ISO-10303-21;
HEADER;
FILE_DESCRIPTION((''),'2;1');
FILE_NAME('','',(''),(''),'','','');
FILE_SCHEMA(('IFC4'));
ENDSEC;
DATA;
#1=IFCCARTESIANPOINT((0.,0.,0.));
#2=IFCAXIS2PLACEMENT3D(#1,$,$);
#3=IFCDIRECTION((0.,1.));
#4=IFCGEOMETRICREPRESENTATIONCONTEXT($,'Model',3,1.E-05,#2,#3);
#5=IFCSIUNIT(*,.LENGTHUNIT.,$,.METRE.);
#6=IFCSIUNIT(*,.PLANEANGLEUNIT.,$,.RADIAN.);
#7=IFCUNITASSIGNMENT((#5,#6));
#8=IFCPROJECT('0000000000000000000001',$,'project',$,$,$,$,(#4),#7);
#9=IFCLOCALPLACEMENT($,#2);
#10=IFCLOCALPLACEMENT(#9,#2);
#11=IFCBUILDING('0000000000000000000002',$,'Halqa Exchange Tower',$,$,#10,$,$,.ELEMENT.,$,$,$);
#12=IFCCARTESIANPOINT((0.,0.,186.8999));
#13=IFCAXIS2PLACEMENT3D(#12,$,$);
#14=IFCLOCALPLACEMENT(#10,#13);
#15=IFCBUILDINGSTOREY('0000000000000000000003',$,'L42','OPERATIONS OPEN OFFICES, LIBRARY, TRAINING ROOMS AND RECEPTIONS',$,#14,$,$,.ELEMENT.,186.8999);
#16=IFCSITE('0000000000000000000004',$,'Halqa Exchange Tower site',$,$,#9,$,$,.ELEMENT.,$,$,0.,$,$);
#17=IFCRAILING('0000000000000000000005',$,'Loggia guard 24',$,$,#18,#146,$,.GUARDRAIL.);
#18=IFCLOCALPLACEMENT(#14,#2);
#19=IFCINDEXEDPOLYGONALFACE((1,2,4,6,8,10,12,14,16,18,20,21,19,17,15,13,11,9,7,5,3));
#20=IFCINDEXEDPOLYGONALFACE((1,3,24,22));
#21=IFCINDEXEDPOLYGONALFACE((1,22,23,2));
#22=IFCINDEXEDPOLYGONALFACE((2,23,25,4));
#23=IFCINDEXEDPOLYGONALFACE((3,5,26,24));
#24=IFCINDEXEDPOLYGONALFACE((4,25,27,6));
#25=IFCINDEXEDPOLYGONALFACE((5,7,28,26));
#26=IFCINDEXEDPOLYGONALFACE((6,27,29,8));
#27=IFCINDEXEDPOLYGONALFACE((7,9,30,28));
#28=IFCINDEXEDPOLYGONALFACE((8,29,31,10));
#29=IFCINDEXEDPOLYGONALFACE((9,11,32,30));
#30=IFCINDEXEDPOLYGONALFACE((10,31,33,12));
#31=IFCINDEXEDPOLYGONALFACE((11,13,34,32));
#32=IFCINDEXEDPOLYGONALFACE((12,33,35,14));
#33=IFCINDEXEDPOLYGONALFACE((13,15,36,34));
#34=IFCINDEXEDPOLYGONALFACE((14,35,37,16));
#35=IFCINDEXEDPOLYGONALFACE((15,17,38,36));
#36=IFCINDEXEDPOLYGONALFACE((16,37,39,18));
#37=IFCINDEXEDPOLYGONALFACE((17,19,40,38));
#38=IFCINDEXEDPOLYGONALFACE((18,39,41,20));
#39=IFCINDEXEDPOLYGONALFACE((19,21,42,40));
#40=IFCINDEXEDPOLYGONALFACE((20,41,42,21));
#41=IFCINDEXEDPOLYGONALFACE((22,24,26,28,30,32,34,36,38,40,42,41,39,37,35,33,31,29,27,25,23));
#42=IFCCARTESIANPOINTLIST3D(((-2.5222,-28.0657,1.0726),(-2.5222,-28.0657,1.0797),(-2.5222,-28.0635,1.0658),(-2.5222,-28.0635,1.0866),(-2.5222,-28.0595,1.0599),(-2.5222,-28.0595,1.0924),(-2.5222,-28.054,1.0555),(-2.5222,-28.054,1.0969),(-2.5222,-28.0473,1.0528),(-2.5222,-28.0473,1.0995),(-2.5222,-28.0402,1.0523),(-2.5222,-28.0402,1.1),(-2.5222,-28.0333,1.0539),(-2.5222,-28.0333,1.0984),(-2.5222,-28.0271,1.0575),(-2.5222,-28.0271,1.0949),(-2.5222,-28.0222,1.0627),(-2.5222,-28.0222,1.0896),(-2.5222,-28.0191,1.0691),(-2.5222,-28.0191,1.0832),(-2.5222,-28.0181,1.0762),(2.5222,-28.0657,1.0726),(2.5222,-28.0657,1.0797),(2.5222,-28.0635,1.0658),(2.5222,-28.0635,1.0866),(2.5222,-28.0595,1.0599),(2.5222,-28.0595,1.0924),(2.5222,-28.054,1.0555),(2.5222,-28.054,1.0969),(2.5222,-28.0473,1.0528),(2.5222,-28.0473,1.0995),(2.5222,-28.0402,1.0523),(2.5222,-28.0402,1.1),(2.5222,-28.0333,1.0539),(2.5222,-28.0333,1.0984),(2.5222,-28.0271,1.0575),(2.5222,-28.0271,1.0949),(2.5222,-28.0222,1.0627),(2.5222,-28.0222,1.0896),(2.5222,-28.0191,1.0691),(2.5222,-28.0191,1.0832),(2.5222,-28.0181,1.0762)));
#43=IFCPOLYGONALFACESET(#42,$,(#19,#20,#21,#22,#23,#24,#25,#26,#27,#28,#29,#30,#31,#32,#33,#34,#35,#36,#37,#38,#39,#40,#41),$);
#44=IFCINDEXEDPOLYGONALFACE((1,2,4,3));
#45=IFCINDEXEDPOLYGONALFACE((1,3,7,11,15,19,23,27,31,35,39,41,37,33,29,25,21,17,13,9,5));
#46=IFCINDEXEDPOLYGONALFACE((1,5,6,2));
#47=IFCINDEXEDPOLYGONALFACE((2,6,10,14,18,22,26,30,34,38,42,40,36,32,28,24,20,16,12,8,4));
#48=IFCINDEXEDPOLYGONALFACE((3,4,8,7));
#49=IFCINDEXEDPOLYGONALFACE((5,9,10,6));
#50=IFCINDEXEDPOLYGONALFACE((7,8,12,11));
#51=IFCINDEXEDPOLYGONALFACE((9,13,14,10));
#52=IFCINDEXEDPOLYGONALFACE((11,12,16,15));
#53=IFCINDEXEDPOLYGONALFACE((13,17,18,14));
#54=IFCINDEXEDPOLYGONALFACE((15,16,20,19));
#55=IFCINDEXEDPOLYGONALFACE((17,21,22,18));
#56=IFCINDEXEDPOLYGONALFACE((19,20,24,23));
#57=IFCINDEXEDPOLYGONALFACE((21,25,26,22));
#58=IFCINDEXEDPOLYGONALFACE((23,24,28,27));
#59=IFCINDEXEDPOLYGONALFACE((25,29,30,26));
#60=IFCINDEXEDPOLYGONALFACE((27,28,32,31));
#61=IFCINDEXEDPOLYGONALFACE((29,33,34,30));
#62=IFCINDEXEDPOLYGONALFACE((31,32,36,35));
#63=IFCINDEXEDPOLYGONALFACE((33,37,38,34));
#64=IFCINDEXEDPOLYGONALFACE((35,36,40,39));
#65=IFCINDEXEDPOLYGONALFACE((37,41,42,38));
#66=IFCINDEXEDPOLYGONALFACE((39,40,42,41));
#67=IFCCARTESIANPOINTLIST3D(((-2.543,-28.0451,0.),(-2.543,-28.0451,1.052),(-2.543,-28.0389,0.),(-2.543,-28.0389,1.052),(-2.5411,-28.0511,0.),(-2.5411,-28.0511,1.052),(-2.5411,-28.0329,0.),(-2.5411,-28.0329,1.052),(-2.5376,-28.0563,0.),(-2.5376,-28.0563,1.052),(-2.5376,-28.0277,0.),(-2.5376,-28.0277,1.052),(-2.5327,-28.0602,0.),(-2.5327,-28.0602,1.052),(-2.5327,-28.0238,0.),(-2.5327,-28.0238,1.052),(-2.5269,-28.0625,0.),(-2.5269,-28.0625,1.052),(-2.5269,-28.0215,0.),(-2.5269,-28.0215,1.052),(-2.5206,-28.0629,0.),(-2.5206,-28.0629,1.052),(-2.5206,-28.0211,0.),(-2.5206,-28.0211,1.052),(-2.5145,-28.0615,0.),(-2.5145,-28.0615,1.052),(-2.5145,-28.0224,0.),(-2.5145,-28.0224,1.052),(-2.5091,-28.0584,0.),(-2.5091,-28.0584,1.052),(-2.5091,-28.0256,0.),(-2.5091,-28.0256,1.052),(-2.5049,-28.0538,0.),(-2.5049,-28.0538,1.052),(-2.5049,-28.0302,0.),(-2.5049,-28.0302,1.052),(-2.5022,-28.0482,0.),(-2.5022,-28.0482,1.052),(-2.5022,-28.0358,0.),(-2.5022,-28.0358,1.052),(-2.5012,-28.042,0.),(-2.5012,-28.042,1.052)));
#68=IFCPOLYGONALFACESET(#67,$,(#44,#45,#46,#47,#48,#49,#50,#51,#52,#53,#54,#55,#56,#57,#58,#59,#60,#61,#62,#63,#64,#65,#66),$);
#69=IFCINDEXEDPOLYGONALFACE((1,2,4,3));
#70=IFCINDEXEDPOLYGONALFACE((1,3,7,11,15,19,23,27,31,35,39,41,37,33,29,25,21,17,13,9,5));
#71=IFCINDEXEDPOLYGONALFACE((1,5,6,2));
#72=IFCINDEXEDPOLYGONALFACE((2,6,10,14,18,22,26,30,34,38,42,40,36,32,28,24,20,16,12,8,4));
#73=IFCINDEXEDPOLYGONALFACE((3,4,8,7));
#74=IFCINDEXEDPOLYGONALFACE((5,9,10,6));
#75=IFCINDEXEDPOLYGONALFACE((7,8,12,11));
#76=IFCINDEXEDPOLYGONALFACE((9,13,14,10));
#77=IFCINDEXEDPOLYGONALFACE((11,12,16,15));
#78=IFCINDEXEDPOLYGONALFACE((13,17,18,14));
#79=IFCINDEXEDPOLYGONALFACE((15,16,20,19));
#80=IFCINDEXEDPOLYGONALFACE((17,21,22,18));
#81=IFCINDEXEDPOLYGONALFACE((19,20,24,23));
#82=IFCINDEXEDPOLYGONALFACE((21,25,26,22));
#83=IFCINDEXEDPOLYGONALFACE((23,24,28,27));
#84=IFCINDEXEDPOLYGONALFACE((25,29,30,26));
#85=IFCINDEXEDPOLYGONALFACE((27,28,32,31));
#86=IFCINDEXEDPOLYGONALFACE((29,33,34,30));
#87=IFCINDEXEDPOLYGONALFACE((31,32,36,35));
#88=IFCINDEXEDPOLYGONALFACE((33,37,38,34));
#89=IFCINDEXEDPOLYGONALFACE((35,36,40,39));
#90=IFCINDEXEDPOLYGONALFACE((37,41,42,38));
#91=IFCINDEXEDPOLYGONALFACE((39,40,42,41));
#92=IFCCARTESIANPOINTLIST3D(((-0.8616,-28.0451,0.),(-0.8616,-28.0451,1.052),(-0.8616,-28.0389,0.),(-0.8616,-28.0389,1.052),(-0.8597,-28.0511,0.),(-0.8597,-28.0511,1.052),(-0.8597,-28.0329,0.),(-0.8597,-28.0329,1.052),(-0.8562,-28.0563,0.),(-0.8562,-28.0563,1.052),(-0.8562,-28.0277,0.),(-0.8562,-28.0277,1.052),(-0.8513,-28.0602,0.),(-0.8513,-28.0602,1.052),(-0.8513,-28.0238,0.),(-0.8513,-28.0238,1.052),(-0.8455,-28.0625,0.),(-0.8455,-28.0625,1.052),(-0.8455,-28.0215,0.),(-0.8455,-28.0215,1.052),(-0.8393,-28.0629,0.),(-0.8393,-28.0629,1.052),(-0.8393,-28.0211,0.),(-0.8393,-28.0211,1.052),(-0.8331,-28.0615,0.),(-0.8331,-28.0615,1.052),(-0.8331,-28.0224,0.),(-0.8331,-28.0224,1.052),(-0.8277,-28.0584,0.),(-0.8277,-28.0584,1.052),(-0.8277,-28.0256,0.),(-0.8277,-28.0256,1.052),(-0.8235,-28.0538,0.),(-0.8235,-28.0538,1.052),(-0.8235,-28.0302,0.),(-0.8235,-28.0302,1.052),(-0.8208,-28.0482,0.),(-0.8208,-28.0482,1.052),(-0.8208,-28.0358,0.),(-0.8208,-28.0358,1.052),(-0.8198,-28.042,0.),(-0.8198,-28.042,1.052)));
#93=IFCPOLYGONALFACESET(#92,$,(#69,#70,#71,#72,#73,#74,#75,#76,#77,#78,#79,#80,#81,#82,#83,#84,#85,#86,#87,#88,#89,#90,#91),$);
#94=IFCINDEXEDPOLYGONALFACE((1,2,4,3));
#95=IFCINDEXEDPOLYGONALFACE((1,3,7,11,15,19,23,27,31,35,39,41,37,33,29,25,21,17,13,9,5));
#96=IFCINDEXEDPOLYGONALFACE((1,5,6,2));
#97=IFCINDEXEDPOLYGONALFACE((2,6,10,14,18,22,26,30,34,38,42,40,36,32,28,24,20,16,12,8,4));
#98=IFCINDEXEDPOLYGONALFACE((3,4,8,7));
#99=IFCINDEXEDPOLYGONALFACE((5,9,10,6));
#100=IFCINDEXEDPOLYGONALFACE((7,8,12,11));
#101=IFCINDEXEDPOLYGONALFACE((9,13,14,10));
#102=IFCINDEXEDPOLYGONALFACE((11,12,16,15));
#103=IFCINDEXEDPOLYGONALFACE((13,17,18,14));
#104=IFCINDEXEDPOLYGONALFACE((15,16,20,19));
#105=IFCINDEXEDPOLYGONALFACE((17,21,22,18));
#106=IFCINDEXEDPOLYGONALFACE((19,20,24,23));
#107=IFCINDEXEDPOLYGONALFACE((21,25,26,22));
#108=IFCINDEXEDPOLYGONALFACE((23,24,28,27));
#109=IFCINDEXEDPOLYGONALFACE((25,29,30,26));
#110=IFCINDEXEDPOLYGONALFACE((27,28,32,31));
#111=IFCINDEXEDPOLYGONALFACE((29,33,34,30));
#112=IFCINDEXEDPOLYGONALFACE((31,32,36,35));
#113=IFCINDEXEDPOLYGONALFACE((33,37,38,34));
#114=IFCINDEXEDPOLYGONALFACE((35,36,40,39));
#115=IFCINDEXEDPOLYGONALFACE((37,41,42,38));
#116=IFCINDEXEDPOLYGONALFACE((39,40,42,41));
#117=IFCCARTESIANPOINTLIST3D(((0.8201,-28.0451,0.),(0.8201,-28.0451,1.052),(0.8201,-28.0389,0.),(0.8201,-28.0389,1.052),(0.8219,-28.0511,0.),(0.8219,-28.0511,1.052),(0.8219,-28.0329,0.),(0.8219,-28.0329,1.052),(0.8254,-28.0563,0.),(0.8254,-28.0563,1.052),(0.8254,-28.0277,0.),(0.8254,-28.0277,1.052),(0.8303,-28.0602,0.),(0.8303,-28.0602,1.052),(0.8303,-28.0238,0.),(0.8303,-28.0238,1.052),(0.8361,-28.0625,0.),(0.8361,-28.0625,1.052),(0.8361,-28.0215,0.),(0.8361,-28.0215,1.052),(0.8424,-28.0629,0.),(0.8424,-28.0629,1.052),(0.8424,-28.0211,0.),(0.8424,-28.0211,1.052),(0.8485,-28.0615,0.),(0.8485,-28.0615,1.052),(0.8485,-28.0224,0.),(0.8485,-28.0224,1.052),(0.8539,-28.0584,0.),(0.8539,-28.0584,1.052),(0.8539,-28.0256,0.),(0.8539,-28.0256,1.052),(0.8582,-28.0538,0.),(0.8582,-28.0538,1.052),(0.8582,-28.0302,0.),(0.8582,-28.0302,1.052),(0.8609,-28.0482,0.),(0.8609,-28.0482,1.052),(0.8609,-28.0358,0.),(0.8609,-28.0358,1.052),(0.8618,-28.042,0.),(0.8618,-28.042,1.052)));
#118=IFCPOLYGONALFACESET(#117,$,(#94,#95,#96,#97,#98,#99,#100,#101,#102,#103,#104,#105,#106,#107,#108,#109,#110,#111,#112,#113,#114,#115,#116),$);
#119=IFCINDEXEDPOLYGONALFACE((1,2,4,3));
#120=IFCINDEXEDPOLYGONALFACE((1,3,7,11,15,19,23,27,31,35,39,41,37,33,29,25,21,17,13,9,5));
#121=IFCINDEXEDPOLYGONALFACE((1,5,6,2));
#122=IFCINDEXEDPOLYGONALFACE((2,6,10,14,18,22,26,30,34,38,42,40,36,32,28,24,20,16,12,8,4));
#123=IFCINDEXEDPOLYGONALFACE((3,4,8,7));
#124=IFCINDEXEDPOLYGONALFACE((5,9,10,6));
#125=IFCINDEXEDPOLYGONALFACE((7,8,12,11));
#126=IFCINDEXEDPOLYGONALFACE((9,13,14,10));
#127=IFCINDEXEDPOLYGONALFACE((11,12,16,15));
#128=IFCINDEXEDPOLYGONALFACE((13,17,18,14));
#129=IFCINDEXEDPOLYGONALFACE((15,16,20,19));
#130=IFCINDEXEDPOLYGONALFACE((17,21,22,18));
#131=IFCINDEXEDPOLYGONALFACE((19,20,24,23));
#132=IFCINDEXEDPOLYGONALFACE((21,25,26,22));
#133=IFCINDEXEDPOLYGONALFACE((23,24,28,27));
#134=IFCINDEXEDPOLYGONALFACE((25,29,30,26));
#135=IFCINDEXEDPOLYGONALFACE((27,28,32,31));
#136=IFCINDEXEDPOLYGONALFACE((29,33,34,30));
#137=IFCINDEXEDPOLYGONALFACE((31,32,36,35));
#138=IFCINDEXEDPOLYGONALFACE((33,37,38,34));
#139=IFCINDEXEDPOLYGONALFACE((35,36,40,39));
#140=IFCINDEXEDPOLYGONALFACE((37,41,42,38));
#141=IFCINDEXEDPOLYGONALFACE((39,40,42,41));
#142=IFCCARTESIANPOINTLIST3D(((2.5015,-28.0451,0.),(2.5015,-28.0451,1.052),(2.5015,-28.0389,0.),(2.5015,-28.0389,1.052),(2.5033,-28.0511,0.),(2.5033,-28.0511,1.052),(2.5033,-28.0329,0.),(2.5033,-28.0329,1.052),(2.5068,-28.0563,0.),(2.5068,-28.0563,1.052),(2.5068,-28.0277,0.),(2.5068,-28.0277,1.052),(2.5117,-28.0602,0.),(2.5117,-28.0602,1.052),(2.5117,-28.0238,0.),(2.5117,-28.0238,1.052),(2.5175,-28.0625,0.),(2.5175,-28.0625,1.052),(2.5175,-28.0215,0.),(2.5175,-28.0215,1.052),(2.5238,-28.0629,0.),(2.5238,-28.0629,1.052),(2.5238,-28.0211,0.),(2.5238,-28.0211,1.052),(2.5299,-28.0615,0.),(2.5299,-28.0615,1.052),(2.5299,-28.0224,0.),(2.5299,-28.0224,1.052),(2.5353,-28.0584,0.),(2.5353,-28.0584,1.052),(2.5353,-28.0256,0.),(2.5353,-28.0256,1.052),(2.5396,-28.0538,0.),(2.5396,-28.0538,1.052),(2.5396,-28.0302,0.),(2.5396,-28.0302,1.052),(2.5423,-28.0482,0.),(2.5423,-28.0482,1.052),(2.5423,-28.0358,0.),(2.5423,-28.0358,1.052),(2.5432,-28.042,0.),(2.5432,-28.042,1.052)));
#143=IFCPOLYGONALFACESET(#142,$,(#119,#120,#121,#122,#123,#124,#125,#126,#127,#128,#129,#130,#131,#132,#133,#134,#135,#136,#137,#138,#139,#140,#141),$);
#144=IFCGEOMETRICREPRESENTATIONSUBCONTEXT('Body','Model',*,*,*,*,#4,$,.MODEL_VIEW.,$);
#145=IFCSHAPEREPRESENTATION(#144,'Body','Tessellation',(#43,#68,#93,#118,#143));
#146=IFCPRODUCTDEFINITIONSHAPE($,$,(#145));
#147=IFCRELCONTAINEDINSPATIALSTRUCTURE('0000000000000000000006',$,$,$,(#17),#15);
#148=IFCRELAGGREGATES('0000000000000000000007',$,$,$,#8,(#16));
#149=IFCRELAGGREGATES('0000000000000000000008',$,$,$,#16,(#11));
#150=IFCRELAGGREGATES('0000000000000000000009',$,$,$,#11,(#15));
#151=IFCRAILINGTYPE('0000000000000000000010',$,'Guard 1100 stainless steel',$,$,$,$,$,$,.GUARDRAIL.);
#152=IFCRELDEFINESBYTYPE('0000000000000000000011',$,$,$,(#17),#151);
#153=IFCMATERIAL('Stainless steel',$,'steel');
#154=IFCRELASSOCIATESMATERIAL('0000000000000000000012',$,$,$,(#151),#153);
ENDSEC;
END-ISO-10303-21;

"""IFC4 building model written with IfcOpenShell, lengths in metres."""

from ifc_helpers import new_model, si_unit, direction, frame, origin, origin_2d, place, context, subcontext, project, spatial, circle, extrude, material, type_object, element, save


model = new_model("IFC4")

# Units and contexts
model_context = context("Model", 3, precision=1e-05, world=origin(), true_north=direction((0.0, 1.0)))
body_context = subcontext(model_context, "Body", "Model", "MODEL_VIEW")
ifc_project = project(units=[si_unit("LENGTHUNIT", "METRE"), si_unit("PLANEANGLEUNIT", "RADIAN")], contexts=[model_context])

# Site, building, storey
site_placement = place(None, origin())
site = spatial("IfcSite", under=ifc_project, at=site_placement, Name="Halqa Exchange Tower site", CompositionType="ELEMENT", RefElevation=0.0)
building_placement = place(site_placement, origin())
building = spatial("IfcBuilding", under=site, at=building_placement, Name="Halqa Exchange Tower", CompositionType="ELEMENT")
storey_placement = place(building_placement, frame((0.0, 0.0, 186.8999)))
storey = spatial("IfcBuildingStorey", under=building, at=storey_placement, Name="L42", Description="OPERATIONS OPEN OFFICES, LIBRARY, TRAINING ROOMS AND RECEPTIONS", CompositionType="ELEMENT", Elevation=186.8999)

# Railing
ifc_material_1 = material(Name="Stainless steel", Category="steel")
railing_type = type_object("IfcRailingType", Name="Guard 1100 stainless steel", PredefinedType="GUARDRAIL", material=ifc_material_1)
railing_1_placement = place(storey_placement, frame((-2.5222, -28.042, 0.0)))
element("IfcRailing", 1, at=railing_1_placement, inside=storey, type_object=railing_type, Name="Loggia guard 24", PredefinedType="GUARDRAIL", context=body_context, shape_type="SweptSolid", body=[
    extrude(circle(Radius=0.0239, at=origin_2d()), frame((0.0, 0.0, 1.0762), z_axis=(1.0, 0.0, 0.0), x_axis=(0.0, 1.0, 0.0)), (0.0, 0.0, 1.0), 5.0444),
    extrude(circle(Radius=0.021, at=origin_2d()), origin(), (0.0, 0.0, 1.0), 1.052),
    extrude(circle(Radius=0.021, at=origin_2d()), frame((1.6814, 0.0, 0.0)), (0.0, 0.0, 1.0), 1.052),
    extrude(circle(Radius=0.021, at=origin_2d()), frame((3.363, 0.0, 0.0)), (0.0, 0.0, 1.0), 1.052),
    extrude(circle(Radius=0.021, at=origin_2d()), frame((5.0444, 0.0, 0.0)), (0.0, 0.0, 1.0), 1.052),
])

save(model, "model.ifc")
